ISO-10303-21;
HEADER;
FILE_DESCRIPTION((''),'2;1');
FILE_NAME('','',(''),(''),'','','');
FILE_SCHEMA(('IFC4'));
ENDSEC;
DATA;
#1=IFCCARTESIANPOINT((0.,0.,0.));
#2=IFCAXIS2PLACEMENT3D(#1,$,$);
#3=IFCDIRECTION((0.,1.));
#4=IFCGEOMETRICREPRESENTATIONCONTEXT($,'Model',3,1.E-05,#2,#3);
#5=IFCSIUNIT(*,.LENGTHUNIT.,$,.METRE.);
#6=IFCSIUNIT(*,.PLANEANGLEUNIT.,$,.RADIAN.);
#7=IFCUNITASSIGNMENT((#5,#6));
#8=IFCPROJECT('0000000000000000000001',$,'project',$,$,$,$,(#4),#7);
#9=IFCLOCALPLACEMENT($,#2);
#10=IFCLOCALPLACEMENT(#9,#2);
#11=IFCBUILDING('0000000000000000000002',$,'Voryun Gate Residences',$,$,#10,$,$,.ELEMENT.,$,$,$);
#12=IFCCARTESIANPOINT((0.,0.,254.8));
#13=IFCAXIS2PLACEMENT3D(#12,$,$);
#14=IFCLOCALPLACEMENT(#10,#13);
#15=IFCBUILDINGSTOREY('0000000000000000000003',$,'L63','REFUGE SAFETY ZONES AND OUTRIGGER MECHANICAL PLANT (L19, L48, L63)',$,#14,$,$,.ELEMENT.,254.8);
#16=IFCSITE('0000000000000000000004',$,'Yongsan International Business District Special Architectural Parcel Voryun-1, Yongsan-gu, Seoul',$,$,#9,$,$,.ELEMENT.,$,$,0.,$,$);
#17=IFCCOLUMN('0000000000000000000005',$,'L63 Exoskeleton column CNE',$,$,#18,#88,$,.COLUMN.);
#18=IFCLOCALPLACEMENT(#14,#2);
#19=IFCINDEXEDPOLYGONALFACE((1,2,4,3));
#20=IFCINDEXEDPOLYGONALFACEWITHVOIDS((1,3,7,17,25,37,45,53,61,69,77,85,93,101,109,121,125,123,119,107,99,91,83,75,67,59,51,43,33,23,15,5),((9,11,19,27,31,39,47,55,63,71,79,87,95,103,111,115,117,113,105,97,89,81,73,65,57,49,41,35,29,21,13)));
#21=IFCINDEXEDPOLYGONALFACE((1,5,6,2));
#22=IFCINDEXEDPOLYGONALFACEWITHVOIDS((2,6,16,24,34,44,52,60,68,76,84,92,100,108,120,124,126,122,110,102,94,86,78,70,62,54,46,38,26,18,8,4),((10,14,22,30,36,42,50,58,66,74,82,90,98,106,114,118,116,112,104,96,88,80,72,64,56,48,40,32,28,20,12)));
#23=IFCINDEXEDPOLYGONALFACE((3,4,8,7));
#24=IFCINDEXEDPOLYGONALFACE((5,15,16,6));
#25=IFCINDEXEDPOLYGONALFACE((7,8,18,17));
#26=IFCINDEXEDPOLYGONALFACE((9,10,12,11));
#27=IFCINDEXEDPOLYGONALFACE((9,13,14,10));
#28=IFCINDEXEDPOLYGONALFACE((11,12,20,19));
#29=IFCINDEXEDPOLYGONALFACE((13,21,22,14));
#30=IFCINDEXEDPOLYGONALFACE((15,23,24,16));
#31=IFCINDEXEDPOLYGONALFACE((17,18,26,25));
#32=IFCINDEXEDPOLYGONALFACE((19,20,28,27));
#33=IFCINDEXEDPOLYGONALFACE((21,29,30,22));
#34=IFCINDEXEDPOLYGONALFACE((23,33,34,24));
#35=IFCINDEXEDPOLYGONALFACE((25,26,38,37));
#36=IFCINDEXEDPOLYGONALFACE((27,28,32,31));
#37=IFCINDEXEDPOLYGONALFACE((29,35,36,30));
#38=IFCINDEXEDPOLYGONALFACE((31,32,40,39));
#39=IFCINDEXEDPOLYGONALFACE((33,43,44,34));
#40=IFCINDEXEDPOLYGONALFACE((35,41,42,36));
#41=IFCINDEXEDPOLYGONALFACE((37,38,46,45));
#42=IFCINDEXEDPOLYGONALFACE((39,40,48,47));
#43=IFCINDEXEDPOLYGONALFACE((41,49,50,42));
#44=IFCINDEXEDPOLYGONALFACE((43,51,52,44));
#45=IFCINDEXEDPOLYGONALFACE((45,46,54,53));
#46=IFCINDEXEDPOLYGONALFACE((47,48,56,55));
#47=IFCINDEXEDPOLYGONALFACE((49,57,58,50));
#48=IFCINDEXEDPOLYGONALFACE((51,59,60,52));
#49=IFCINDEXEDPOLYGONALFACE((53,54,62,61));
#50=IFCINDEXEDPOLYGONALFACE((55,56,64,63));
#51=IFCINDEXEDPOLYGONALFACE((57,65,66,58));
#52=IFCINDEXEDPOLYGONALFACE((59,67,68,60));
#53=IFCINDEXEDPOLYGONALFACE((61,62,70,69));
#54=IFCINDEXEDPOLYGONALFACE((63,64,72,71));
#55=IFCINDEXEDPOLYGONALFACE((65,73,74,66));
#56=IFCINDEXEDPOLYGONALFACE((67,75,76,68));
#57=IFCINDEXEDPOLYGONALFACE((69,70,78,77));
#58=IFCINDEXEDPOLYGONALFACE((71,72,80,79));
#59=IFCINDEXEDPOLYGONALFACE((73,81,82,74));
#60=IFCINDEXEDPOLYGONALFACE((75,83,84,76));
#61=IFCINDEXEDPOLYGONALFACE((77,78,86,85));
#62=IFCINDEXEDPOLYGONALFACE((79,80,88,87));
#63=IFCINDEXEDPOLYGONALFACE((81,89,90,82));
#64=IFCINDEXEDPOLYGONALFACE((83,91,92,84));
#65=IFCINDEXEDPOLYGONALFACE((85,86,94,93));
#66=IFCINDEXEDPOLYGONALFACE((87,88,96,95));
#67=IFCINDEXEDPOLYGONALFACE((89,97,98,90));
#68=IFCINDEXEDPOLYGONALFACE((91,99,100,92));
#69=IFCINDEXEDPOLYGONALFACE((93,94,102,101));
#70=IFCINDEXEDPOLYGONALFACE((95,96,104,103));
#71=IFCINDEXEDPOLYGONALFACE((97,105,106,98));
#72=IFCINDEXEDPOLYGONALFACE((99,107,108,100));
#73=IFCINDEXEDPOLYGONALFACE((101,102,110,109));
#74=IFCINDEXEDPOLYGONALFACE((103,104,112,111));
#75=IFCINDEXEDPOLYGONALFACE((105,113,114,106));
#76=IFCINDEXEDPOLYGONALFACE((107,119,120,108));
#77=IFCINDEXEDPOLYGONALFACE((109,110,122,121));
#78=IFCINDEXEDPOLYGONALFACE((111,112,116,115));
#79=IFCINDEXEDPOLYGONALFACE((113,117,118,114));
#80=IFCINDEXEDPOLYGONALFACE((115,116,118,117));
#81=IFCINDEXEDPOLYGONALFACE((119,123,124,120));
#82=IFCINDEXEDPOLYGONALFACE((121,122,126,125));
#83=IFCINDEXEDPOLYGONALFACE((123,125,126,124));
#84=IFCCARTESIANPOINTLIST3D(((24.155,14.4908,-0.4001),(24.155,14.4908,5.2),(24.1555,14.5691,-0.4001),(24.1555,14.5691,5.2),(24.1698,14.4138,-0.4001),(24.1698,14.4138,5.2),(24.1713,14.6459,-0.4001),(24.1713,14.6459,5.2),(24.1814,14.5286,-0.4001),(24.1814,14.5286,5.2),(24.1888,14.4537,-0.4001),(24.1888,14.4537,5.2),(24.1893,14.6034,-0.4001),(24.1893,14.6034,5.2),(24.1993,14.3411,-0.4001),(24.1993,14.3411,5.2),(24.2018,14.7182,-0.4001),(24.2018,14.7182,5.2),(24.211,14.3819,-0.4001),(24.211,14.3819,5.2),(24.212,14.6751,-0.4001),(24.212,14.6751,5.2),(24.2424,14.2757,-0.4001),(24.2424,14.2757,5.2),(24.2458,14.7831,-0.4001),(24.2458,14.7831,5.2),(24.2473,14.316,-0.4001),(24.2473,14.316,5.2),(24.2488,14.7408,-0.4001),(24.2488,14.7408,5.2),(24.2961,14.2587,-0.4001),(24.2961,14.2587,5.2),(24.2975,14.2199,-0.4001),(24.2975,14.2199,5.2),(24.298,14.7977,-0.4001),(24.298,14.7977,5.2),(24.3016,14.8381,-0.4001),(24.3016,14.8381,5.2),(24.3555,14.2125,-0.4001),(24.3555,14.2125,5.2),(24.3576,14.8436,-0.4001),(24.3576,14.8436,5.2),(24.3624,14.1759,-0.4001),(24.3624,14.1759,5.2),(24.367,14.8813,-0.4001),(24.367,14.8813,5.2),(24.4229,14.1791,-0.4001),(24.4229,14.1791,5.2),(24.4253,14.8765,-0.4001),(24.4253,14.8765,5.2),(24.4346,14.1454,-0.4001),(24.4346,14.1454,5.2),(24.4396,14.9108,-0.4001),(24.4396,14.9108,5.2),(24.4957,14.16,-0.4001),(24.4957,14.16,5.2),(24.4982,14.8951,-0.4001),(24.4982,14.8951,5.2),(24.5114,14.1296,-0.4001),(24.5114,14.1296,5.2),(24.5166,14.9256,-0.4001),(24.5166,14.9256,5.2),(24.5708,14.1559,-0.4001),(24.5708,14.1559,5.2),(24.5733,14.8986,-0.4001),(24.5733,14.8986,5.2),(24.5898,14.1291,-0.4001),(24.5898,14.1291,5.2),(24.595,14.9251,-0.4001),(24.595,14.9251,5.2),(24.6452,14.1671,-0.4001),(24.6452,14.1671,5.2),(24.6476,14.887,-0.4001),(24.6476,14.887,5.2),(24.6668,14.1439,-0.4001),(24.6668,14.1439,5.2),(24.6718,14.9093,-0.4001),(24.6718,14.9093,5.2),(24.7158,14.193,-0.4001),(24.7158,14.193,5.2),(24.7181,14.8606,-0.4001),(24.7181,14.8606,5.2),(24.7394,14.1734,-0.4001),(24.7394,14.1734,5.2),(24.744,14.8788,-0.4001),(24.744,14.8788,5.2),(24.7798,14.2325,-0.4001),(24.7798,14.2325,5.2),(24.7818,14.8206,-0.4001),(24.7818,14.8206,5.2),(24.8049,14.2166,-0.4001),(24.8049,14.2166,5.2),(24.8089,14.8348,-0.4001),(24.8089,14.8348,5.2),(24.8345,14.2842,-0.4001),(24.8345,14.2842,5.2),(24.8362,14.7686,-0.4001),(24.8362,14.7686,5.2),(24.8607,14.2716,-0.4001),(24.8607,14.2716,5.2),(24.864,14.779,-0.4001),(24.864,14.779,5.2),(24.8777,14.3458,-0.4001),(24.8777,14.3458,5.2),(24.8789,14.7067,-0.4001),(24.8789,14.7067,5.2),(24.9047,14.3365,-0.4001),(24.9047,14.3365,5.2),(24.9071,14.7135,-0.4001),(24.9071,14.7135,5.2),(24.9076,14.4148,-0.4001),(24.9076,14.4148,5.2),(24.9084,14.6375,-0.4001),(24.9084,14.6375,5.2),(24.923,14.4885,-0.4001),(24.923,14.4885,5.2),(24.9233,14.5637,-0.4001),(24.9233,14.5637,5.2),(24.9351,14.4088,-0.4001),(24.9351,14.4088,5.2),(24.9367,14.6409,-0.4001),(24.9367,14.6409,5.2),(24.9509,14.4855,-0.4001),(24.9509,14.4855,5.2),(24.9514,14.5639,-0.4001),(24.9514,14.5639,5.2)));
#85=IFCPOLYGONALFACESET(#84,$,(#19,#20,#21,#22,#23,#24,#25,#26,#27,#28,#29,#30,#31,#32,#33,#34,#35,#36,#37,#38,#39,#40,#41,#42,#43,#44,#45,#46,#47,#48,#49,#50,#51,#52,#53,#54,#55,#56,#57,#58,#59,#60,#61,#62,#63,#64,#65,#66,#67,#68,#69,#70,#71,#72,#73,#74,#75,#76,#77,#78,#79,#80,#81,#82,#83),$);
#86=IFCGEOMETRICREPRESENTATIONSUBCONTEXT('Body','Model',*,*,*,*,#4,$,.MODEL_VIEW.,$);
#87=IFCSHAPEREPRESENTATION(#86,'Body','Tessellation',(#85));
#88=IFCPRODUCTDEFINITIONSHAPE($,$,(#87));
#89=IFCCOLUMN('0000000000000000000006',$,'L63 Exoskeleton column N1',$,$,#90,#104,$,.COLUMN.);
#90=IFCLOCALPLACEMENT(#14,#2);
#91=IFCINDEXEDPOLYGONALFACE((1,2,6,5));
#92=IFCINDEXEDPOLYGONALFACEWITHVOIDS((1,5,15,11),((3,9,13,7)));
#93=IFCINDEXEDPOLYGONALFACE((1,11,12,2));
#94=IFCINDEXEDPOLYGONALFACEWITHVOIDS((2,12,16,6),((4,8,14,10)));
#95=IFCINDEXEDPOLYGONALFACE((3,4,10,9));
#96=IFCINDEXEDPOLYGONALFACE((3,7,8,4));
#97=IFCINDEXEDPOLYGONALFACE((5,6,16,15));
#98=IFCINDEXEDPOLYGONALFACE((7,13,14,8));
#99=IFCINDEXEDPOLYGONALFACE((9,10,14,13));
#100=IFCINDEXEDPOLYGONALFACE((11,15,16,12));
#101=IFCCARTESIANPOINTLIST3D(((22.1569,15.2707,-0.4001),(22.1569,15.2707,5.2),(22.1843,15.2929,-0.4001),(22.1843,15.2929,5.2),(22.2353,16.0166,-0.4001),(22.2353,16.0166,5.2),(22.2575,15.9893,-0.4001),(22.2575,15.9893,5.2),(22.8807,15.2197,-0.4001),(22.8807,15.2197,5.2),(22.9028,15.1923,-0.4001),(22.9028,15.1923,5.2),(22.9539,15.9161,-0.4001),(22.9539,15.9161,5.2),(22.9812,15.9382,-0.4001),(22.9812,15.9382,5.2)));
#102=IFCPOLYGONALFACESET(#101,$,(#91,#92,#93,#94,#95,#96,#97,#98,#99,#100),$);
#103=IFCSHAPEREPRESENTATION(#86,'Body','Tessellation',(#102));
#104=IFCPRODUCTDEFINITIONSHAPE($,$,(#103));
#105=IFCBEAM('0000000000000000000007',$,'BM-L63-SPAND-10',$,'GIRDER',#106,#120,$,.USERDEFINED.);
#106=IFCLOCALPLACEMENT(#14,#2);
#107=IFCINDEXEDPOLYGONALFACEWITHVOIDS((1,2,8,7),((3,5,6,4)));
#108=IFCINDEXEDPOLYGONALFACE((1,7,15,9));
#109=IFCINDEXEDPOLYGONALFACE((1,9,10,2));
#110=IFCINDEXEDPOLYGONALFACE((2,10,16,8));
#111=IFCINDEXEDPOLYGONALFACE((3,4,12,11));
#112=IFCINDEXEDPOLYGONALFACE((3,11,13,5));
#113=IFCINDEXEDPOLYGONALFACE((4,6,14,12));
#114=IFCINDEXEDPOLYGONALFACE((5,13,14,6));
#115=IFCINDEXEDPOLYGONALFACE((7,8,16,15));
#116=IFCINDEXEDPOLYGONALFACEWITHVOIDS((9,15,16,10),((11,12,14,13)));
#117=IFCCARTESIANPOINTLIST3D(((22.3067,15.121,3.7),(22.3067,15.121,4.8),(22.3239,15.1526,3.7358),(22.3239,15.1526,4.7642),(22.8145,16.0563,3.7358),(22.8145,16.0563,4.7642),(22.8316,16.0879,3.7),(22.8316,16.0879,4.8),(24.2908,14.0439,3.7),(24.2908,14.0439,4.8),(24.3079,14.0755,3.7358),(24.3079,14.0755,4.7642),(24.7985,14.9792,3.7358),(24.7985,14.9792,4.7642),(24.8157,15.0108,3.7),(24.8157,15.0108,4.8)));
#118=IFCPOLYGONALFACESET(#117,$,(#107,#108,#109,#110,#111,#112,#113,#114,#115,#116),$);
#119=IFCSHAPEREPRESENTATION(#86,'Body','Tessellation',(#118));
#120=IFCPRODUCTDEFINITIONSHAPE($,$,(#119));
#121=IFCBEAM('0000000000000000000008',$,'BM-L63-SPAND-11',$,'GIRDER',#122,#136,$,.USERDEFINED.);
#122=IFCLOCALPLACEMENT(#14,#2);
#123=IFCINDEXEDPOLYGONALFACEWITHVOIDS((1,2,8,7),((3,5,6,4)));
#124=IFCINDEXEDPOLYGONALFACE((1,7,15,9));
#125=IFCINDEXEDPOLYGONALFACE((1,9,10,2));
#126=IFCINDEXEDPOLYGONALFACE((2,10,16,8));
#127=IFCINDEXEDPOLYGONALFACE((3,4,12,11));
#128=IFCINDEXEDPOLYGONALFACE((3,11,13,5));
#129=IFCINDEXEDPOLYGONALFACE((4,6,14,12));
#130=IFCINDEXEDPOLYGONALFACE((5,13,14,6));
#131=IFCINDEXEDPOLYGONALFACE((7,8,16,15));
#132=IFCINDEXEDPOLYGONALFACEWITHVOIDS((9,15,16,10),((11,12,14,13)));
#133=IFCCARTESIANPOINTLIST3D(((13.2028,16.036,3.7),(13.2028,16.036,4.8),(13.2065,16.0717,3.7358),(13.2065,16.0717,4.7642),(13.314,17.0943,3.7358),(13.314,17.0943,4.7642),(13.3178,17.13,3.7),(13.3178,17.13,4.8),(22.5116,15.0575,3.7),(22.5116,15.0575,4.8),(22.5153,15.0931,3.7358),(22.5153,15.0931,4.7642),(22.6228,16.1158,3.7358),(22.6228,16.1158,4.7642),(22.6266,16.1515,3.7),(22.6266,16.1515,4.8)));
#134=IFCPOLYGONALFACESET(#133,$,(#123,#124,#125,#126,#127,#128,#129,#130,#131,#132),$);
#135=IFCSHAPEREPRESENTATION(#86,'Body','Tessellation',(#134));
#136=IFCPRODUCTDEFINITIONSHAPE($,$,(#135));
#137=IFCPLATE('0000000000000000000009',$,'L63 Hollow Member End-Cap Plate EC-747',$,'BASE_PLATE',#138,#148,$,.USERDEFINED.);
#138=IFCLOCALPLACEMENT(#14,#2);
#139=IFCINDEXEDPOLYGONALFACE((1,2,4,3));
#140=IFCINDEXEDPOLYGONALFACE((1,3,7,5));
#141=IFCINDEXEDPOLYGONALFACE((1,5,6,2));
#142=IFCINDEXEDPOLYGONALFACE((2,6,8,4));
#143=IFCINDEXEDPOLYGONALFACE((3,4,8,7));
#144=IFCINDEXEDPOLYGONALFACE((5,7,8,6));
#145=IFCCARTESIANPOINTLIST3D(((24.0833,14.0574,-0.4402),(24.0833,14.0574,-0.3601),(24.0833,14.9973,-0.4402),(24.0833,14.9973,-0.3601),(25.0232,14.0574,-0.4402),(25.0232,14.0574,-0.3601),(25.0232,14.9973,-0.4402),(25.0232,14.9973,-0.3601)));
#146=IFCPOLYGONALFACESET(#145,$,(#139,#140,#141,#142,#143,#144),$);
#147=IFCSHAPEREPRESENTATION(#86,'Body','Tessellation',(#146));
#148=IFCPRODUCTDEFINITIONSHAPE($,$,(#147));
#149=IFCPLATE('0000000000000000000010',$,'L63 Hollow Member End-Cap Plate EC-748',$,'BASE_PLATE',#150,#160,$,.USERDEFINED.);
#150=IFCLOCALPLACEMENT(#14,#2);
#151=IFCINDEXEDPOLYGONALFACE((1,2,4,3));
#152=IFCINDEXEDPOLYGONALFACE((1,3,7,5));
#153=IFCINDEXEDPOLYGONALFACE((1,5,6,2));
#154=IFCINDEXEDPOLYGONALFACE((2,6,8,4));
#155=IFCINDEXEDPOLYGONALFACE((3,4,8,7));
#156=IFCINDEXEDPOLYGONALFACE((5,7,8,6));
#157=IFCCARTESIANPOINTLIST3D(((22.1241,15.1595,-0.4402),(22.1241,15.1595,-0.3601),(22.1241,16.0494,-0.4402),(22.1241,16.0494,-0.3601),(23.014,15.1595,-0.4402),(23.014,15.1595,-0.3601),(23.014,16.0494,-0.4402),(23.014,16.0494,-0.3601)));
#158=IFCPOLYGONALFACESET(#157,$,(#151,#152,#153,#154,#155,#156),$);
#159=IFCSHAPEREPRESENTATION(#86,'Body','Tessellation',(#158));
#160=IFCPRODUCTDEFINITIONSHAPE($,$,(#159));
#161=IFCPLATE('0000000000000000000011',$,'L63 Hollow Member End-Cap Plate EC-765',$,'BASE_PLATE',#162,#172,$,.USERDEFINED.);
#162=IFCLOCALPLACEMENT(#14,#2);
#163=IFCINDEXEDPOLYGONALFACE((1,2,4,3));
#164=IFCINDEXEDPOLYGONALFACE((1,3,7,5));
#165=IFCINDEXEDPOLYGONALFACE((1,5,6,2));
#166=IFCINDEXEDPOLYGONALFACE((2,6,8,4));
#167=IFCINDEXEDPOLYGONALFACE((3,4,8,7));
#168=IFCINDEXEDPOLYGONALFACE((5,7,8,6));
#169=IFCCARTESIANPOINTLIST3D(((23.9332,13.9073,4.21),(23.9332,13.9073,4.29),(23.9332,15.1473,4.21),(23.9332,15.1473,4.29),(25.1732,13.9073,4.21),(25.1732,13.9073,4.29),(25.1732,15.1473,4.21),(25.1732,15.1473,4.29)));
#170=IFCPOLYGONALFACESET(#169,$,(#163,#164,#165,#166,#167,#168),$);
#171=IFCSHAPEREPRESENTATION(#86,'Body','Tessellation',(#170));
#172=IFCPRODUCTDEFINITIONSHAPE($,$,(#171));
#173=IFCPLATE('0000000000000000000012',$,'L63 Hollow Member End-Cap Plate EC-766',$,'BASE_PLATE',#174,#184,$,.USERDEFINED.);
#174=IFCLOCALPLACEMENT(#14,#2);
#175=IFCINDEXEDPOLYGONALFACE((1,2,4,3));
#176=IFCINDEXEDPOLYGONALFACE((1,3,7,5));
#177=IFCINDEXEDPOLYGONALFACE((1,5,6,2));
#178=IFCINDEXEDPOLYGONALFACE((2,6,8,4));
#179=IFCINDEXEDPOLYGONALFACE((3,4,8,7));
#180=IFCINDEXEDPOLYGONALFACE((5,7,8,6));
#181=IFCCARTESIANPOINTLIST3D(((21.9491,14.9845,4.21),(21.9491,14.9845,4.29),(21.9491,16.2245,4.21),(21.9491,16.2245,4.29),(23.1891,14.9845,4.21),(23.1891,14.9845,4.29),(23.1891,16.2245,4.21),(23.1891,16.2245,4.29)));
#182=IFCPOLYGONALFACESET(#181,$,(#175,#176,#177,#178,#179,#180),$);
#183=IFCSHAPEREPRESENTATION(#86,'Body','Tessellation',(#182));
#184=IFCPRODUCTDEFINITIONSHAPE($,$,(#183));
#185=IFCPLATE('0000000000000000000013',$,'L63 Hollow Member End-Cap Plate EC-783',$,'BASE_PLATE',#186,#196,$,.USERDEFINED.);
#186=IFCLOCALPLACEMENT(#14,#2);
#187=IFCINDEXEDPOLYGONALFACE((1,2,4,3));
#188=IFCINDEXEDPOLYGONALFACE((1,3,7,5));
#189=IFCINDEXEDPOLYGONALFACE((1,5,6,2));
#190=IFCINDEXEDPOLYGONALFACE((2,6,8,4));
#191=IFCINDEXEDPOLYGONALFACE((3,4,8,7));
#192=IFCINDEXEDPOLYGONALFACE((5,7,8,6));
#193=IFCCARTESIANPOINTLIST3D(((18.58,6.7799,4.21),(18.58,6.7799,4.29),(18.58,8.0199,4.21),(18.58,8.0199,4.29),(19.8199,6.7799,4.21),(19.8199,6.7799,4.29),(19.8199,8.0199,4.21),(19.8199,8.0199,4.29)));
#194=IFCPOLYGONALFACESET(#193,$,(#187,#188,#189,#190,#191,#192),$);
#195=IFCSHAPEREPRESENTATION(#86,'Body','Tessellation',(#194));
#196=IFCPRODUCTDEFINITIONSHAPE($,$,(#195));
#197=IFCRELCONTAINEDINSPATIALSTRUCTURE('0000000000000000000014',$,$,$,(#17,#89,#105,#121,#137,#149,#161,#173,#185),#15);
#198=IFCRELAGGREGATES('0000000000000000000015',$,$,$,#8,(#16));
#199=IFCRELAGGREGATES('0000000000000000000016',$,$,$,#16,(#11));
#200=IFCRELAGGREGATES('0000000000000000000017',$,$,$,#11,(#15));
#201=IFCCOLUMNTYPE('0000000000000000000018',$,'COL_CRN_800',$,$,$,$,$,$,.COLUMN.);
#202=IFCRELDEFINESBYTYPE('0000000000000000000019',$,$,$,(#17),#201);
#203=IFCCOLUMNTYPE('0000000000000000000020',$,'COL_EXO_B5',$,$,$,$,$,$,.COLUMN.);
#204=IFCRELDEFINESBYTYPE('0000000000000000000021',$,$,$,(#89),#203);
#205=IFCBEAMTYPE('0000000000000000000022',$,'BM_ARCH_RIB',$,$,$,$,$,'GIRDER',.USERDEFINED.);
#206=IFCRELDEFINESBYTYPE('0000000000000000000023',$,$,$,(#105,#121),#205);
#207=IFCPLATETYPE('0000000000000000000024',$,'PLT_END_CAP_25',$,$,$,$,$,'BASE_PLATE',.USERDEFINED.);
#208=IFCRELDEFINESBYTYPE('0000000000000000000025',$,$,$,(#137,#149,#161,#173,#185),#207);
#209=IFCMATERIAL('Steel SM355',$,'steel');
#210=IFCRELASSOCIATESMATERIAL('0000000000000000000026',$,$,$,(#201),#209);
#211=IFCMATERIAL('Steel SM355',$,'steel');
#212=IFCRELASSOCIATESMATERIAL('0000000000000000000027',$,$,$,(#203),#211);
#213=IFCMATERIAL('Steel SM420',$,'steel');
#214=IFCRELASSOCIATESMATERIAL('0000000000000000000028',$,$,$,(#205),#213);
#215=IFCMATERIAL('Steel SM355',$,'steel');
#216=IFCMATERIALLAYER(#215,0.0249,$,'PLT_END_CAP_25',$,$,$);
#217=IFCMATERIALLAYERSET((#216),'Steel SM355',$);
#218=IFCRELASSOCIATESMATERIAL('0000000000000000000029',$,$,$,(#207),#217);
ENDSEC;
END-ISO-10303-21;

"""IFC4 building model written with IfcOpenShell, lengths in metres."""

from ifc_helpers import new_model, si_unit, direction, frame, origin, origin_2d, place, context, subcontext, project, spatial, rectangle, hollow_rectangle, hollow_circle, extrude, material, layer, layer_set, material_profile, profile_set, type_object, element, save


model = new_model("IFC4")

# Units and contexts
model_context = context("Model", 3, precision=1e-05, world=origin(), true_north=direction((0.0, 1.0)))
body_context = subcontext(model_context, "Body", "Model", "MODEL_VIEW")
ifc_project = project(units=[si_unit("LENGTHUNIT", "METRE"), si_unit("PLANEANGLEUNIT", "RADIAN")], contexts=[model_context])

# Site, building, storey
site_placement = place(None, origin())
site = spatial("IfcSite", under=ifc_project, at=site_placement, Name="Yongsan International Business District Special Architectural Parcel Voryun-1, Yongsan-gu, Seoul", CompositionType="ELEMENT", RefElevation=0.0)
building_placement = place(site_placement, origin())
building = spatial("IfcBuilding", under=site, at=building_placement, Name="Voryun Gate Residences", CompositionType="ELEMENT")
storey_placement = place(building_placement, frame((0.0, 0.0, 254.8)))
storey = spatial("IfcBuildingStorey", under=building, at=storey_placement, Name="L63", Description="REFUGE SAFETY ZONES AND OUTRIGGER MECHANICAL PLANT (L19, L48, L63)", CompositionType="ELEMENT", Elevation=254.8)

# Columns
ifc_material_1 = material(Name="Steel SM355", Category="steel")
ifc_material_profile_1 = material_profile(ifc_material_1, hollow_circle(Radius=0.3999, WallThickness=0.0281, at=origin_2d()), Name="CHS-800x28")
ifc_profile_set_1 = profile_set([ifc_material_profile_1], Name="Steel SM355")
column_type_1 = type_object("IfcColumnType", Name="COL_CRN_800", PredefinedType="COLUMN", material=ifc_profile_set_1)
column_1_placement = place(storey_placement, frame((24.5532, 14.5273, -0.4001), z_axis=(0.0, 0.0, 1.0), x_axis=(0.994522, -0.104528, 0.0)))
element("IfcColumn", 1, at=column_1_placement, inside=storey, type_object=column_type_1, Name="L63 Exoskeleton column CNE", PredefinedType="COLUMN", context=body_context, shape_type="SweptSolid", body=[
    extrude(hollow_circle(Radius=0.3999, WallThickness=0.0281, at=origin_2d()), origin(), (0.0, 0.0, 1.0), 5.6001),
])
ifc_material_2 = material(Name="Steel SM355", Category="steel")
ifc_material_profile_2 = material_profile(ifc_material_2, hollow_rectangle(XDim=0.75, YDim=0.75, WallThickness=0.0249, at=origin_2d()), Name="BOX-750x750x25")
ifc_profile_set_2 = profile_set([ifc_material_profile_2], Name="Steel SM355")
column_type_2 = type_object("IfcColumnType", Name="COL_EXO_B5", PredefinedType="COLUMN", material=ifc_profile_set_2)
column_2_placement = place(storey_placement, frame((22.5691, 15.6045, -0.4001), z_axis=(0.0, 0.0, 1.0), x_axis=(0.994522, -0.104528, 0.0)))
element("IfcColumn", 2, at=column_2_placement, inside=storey, type_object=column_type_2, Name="L63 Exoskeleton column N1", PredefinedType="COLUMN", context=body_context, shape_type="SweptSolid", body=[
    extrude(hollow_rectangle(XDim=0.75, YDim=0.75, WallThickness=0.0249, at=origin_2d()), origin(), (0.0, 0.0, 1.0), 5.6001),
])

# Beams
ifc_material_3 = material(Name="Steel SM420", Category="steel")
ifc_material_profile_3 = material_profile(ifc_material_3, hollow_rectangle(XDim=1.1001, YDim=1.1001, WallThickness=0.0359, at=origin_2d()), Name="BOX-1100x1100x36")
ifc_profile_set_3 = profile_set([ifc_material_profile_3], Name="Steel SM420")
beam_type = type_object("IfcBeamType", Name="BM_ARCH_RIB", ElementType="GIRDER", PredefinedType="USERDEFINED", material=ifc_profile_set_3)
beam_1_placement = place(storey_placement, frame((24.5532, 14.5273, 4.25), z_axis=(-0.878844, 0.477109, 0.0), x_axis=(-0.477109, -0.878844, 0.0)))
element("IfcBeam", 3, at=beam_1_placement, inside=storey, type_object=beam_type, Name="BM-L63-SPAND-10", ObjectType="GIRDER", PredefinedType="USERDEFINED", context=body_context, shape_type="SweptSolid", body=[
    extrude(hollow_rectangle(XDim=1.1001, YDim=1.1001, WallThickness=0.0359, at=origin_2d()), origin(), (0.0, 0.0, 1.0), 2.2576),
])
beam_2_placement = place(storey_placement, frame((22.5691, 15.6045, 4.25), z_axis=(-0.994521, 0.104541, 0.0), x_axis=(-0.104541, -0.994521, 0.0)))
element("IfcBeam", 4, at=beam_2_placement, inside=storey, type_object=beam_type, Name="BM-L63-SPAND-11", ObjectType="GIRDER", PredefinedType="USERDEFINED", context=body_context, shape_type="SweptSolid", body=[
    extrude(hollow_rectangle(XDim=1.1001, YDim=1.1001, WallThickness=0.0359, at=origin_2d()), origin(), (0.0, 0.0, 1.0), 9.3601),
])

# Plates
ifc_material_4 = material(Name="Steel SM355", Category="steel")
ifc_layer_1 = layer(ifc_material_4, 0.0249, Name="PLT_END_CAP_25")
ifc_layer_set_1 = layer_set([ifc_layer_1], Name="Steel SM355")
plate_type = type_object("IfcPlateType", Name="PLT_END_CAP_25", ElementType="BASE_PLATE", PredefinedType="USERDEFINED", material=ifc_layer_set_1)
plate_1_placement = place(storey_placement, frame((24.5532, 14.5273, -0.4402), z_axis=(0.0, 0.0, 1.0), x_axis=(1.0, 0.0, 0.0)))
element("IfcPlate", 5, at=plate_1_placement, inside=storey, type_object=plate_type, Name="L63 Hollow Member End-Cap Plate EC-747", ObjectType="BASE_PLATE", PredefinedType="USERDEFINED", context=body_context, shape_type="SweptSolid", body=[
    extrude(rectangle(XDim=0.9399, YDim=0.9399, at=origin_2d()), origin(), (0.0, 0.0, 1.0), 0.0801),
])
plate_2_placement = place(storey_placement, frame((22.5691, 15.6045, -0.4402), z_axis=(0.0, 0.0, 1.0), x_axis=(1.0, 0.0, 0.0)))
element("IfcPlate", 6, at=plate_2_placement, inside=storey, type_object=plate_type, Name="L63 Hollow Member End-Cap Plate EC-748", ObjectType="BASE_PLATE", PredefinedType="USERDEFINED", context=body_context, shape_type="SweptSolid", body=[
    extrude(rectangle(XDim=0.8899, YDim=0.8899, at=origin_2d()), origin(), (0.0, 0.0, 1.0), 0.0801),
])
for number, where, z_axis, x_axis, name in (
    (7, (24.5532, 14.5273, 4.21), (0.0, 0.0, 1.0), (1.0, 0.0, 0.0), "L63 Hollow Member End-Cap Plate EC-765"),
    (8, (22.5691, 15.6045, 4.21), (0.0, 0.0, 1.0), (1.0, 0.0, 0.0), "L63 Hollow Member End-Cap Plate EC-766"),
    (9, (19.2, 7.3999, 4.21), (0.0, 0.0, 1.0), (1.0, 0.0, 0.0), "L63 Hollow Member End-Cap Plate EC-783"),
):
    element("IfcPlate", number, at=place(storey_placement, frame(where, z_axis=z_axis, x_axis=x_axis)), inside=storey, type_object=plate_type, Name=name, ObjectType="BASE_PLATE", PredefinedType="USERDEFINED", context=body_context, shape_type="SweptSolid", body=[
        extrude(rectangle(XDim=1.24, YDim=1.24, at=origin_2d()), origin(), (0.0, 0.0, 1.0), 0.0801),
    ])

save(model, "model.ifc")
